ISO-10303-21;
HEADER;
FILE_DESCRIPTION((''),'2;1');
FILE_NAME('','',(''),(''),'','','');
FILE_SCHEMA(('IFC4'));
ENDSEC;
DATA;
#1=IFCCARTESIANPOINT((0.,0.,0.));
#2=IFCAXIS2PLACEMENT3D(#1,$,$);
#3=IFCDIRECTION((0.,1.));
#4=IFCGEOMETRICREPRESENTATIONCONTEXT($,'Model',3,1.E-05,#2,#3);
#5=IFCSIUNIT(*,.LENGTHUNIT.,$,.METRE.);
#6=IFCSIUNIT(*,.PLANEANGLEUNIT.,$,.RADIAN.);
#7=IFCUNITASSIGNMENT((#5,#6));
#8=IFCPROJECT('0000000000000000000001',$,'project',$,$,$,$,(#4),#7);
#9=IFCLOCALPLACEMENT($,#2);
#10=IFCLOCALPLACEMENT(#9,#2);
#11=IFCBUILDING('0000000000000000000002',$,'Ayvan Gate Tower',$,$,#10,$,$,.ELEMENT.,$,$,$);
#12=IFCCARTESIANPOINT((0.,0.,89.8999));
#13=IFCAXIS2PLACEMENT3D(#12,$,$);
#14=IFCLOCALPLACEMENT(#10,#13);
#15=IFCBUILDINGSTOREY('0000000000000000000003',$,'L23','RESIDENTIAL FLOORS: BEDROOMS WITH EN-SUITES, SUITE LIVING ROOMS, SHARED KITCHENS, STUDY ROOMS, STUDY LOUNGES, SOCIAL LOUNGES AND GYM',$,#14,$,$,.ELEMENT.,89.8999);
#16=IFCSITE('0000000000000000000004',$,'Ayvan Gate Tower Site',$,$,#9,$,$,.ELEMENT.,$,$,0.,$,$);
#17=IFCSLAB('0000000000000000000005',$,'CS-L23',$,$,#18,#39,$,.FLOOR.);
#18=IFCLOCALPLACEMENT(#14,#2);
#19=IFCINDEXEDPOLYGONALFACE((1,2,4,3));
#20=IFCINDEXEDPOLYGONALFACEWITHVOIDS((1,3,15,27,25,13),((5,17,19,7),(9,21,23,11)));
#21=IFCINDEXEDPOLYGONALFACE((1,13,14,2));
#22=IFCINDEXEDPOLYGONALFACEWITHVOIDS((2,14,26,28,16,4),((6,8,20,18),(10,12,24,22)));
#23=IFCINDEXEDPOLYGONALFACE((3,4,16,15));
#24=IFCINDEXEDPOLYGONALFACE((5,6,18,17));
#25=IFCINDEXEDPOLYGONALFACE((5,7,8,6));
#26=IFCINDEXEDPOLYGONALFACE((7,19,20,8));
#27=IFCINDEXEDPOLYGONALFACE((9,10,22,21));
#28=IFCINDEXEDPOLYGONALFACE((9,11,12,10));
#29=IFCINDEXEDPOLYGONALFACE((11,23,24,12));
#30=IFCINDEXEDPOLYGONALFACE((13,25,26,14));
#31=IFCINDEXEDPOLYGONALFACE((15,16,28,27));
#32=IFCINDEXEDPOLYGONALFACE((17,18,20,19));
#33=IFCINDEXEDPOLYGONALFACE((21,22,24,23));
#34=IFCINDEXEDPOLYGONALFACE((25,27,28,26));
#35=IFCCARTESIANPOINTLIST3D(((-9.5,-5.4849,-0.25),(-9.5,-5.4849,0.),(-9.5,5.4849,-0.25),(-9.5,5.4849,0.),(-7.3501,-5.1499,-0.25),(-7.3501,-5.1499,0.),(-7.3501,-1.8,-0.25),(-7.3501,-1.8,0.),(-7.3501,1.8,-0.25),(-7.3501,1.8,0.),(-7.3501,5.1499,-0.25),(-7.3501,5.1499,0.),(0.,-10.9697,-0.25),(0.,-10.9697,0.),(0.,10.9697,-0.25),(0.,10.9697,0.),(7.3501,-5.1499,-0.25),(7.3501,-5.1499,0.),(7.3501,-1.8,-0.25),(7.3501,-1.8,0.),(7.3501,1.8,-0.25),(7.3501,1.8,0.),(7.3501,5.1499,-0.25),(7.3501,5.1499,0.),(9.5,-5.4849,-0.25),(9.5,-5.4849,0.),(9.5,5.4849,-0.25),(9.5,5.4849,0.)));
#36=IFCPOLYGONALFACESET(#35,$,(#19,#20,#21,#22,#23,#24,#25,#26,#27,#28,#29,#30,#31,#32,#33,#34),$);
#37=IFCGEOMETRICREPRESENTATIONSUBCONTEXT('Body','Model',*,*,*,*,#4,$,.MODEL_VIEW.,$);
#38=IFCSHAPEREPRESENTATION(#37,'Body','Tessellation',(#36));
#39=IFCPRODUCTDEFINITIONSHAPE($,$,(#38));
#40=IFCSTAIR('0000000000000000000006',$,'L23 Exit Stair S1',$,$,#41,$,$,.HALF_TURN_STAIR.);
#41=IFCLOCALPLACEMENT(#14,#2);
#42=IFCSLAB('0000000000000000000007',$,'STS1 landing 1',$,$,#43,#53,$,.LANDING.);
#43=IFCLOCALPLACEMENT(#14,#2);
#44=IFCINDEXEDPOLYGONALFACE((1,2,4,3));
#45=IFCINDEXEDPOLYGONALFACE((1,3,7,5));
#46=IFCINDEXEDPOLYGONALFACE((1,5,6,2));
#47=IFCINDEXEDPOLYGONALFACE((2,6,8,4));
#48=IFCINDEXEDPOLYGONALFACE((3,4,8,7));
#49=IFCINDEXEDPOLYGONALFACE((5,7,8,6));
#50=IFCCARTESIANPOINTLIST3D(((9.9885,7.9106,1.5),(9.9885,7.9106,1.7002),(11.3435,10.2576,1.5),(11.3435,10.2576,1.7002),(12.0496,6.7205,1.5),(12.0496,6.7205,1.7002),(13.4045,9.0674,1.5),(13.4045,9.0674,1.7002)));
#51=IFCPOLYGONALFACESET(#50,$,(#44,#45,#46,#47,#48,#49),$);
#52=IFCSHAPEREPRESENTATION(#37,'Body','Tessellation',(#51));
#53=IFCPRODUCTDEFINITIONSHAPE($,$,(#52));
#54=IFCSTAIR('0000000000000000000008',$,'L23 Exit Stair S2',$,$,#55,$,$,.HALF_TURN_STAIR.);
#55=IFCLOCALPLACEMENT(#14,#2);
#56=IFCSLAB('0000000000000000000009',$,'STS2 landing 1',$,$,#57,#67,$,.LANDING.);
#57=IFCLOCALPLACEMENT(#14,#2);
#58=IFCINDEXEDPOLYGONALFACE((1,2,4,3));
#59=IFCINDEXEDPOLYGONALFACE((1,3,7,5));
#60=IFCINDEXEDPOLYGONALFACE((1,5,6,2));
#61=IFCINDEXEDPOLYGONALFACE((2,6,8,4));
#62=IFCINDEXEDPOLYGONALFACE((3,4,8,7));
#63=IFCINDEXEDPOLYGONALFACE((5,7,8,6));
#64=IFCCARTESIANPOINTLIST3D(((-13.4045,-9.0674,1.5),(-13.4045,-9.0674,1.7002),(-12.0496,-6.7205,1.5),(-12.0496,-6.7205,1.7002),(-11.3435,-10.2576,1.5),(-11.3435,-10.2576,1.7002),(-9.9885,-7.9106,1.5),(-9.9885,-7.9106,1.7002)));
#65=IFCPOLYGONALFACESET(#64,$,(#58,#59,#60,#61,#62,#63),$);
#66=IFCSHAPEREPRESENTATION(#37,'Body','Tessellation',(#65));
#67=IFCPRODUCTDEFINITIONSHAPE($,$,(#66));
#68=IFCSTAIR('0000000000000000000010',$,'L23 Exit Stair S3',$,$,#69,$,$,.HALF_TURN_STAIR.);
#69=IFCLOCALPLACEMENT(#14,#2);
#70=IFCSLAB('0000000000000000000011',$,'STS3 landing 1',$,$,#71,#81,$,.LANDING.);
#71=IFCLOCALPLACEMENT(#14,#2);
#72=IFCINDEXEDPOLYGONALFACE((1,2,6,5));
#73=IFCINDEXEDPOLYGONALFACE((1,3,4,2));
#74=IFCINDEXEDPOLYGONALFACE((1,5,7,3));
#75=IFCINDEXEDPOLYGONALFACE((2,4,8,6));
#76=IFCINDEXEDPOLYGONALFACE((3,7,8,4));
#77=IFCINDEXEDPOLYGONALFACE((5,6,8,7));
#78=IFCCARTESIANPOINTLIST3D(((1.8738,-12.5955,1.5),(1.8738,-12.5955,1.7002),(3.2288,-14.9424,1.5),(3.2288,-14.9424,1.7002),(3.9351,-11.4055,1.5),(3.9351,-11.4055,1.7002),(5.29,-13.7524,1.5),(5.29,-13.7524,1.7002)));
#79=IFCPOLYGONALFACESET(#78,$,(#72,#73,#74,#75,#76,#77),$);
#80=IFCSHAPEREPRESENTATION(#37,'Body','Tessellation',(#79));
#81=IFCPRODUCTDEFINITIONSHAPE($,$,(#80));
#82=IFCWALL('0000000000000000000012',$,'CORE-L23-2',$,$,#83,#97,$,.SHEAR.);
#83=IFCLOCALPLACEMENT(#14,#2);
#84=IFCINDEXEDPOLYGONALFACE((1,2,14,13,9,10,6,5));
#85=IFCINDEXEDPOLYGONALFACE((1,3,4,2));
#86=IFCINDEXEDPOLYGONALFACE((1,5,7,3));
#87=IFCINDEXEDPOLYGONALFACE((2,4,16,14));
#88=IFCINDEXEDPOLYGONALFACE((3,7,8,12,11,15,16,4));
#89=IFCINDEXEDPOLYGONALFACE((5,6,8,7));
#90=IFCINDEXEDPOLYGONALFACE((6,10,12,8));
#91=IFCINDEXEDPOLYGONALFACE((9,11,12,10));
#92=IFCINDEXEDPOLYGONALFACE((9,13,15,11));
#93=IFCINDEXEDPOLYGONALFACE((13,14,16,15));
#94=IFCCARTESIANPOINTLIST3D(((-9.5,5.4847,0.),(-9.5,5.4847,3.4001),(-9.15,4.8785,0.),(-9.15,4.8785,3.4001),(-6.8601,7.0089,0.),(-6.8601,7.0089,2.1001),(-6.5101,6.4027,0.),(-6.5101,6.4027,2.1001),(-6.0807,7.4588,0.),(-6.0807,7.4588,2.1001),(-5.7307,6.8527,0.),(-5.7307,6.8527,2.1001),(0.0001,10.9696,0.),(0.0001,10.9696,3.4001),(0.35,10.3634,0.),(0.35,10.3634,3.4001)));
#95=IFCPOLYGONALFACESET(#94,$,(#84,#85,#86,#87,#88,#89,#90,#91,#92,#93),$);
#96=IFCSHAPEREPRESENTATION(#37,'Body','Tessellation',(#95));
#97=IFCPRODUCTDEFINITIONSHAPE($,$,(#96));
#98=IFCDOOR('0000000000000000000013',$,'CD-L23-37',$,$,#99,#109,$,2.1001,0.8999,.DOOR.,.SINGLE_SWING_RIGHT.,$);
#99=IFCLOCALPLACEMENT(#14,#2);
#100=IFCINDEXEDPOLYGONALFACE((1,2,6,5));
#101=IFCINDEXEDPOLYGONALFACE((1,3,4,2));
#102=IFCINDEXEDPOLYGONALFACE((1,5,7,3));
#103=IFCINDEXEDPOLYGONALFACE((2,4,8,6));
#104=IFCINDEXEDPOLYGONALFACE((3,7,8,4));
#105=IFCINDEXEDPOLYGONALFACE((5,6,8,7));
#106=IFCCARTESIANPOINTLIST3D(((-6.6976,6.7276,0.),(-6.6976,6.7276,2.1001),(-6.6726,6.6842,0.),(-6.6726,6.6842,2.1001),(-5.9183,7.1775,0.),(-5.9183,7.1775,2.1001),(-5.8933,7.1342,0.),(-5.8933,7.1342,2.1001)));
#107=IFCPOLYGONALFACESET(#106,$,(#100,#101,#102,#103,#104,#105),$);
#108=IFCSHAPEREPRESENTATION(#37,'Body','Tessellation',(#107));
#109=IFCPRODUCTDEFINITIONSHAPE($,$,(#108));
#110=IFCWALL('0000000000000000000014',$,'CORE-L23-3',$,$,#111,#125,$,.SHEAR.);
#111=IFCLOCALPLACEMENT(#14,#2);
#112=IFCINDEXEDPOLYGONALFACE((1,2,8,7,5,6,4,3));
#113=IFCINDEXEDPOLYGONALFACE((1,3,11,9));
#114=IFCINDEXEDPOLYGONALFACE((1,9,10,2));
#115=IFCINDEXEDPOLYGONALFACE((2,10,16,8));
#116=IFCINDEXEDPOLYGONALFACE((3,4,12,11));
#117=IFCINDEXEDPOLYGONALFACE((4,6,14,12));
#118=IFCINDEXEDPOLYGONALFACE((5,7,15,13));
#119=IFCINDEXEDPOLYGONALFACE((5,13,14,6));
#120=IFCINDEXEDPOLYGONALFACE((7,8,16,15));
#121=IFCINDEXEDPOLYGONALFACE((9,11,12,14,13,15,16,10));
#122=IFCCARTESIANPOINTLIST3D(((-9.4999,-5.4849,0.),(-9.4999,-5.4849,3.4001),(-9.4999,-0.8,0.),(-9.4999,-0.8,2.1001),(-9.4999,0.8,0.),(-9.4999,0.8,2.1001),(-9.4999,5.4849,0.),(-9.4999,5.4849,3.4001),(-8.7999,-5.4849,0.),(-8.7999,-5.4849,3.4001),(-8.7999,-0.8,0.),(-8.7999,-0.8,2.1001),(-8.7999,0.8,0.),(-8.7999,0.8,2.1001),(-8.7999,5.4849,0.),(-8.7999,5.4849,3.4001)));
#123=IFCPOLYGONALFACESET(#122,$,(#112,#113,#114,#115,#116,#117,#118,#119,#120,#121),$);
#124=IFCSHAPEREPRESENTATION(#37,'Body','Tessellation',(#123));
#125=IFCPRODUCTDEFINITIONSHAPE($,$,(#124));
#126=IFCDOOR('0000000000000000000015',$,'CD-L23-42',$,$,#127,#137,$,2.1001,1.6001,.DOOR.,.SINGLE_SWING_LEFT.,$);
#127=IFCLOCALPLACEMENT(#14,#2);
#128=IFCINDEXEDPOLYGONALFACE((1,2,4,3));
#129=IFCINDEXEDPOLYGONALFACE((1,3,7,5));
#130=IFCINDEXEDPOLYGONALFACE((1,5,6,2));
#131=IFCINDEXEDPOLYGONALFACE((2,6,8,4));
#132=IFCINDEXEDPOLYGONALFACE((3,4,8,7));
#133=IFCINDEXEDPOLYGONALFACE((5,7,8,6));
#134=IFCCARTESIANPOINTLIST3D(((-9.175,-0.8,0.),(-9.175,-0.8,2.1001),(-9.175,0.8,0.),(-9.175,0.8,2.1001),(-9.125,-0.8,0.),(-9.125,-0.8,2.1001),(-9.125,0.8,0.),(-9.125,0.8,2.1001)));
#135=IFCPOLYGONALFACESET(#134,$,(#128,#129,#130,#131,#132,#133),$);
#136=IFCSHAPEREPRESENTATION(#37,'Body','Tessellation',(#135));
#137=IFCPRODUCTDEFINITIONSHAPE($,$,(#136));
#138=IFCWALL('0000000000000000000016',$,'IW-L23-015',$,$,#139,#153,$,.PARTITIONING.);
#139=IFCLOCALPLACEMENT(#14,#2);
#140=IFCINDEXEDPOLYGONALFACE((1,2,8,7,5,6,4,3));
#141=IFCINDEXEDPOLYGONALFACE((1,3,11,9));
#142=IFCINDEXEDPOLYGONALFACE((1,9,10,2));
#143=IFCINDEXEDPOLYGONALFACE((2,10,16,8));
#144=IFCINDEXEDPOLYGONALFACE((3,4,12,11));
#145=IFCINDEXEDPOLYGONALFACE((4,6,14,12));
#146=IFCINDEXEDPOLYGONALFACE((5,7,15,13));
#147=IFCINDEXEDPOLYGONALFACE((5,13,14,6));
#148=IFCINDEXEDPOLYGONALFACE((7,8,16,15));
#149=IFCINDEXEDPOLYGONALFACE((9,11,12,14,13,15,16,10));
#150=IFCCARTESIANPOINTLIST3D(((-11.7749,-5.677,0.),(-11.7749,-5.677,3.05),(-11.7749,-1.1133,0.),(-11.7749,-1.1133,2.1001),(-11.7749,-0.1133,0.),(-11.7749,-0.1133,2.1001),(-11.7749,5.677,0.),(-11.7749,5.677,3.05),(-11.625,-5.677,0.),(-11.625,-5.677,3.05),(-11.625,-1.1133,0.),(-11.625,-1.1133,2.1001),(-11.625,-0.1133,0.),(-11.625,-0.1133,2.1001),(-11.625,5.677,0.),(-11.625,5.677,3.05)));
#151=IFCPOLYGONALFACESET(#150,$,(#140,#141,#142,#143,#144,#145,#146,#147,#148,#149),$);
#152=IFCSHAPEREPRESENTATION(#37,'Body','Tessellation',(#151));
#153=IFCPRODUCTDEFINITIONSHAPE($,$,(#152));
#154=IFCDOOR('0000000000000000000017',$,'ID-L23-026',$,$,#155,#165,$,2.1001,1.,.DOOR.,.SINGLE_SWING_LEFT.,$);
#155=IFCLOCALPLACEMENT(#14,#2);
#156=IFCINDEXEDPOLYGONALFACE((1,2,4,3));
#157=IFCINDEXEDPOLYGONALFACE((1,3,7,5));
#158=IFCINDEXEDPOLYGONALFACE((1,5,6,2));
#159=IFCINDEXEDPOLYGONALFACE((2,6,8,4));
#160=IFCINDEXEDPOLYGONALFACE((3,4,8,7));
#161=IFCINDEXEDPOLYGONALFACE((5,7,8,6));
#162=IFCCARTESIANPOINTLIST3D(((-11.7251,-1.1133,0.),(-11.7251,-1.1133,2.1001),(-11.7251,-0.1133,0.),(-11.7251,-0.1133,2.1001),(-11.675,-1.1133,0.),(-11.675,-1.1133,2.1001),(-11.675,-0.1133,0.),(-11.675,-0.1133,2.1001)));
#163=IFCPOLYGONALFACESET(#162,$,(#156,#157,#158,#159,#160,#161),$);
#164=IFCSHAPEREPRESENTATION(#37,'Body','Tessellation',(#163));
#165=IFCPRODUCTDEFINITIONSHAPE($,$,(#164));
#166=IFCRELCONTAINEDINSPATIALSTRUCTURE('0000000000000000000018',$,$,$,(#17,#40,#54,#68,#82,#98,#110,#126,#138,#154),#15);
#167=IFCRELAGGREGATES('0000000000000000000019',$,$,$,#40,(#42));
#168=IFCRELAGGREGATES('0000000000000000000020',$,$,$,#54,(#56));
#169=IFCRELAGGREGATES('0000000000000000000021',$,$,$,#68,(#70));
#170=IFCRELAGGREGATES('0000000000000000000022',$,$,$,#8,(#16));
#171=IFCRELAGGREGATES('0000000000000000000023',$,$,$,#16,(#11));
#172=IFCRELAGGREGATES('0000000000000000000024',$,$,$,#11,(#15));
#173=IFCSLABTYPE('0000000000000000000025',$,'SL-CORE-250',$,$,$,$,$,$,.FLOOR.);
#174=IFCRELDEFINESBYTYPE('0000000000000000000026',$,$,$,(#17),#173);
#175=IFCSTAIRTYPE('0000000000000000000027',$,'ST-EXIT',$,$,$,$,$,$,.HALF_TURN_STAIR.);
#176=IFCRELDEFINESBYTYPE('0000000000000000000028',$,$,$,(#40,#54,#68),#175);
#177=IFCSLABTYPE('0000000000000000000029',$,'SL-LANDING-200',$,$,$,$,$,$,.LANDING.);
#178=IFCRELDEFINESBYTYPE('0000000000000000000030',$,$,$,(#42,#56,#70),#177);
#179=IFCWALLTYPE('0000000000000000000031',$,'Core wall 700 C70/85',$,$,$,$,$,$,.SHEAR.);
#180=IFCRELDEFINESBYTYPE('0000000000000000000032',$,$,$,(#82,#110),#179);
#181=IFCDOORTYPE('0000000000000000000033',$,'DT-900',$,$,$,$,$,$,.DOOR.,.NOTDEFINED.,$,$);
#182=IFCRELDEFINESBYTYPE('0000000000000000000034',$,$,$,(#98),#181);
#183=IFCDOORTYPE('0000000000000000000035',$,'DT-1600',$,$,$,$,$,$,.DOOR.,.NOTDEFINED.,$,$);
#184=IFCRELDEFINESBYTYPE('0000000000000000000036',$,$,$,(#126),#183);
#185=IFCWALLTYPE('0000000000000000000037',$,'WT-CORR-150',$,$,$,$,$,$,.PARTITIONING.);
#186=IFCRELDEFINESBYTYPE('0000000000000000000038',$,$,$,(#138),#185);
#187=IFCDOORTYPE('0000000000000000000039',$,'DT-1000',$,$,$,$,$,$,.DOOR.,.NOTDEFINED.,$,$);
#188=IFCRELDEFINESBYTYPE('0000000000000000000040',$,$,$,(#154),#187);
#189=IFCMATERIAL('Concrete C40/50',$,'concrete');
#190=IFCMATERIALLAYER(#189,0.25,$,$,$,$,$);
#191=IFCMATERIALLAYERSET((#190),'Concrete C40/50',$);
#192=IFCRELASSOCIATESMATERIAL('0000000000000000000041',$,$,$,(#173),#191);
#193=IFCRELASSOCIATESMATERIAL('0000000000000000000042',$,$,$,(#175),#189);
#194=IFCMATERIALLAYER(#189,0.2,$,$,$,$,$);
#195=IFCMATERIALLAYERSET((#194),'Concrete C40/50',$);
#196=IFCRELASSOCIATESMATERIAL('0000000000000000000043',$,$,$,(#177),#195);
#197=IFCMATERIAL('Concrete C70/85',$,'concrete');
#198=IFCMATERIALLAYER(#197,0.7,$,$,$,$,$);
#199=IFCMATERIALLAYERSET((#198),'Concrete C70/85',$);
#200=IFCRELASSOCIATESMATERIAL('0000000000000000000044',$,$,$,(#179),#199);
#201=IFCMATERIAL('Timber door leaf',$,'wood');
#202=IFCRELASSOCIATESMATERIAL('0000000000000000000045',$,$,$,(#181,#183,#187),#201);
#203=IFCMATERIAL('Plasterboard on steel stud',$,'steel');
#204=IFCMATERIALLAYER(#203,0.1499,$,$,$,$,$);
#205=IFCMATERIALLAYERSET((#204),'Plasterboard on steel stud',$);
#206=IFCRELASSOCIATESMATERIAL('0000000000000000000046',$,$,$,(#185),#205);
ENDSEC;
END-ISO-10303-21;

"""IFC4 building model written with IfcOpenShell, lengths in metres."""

from ifc_helpers import new_model, si_unit, direction, frame, frame_2d, origin, place, context, subcontext, project, spatial, polyline, rectangle, outline, extrude, material, layer, layer_set, type_object, element, fill, aggregate, save


model = new_model("IFC4")

# Units and contexts
model_context = context("Model", 3, precision=1e-05, world=origin(), true_north=direction((0.0, 1.0)))
body_context = subcontext(model_context, "Body", "Model", "MODEL_VIEW")
ifc_project = project(units=[si_unit("LENGTHUNIT", "METRE"), si_unit("PLANEANGLEUNIT", "RADIAN")], contexts=[model_context])

# Site, building, storey
site_placement = place(None, origin())
site = spatial("IfcSite", under=ifc_project, at=site_placement, Name="Ayvan Gate Tower Site", CompositionType="ELEMENT", RefElevation=0.0)
building_placement = place(site_placement, origin())
building = spatial("IfcBuilding", under=site, at=building_placement, Name="Ayvan Gate Tower", CompositionType="ELEMENT")
storey_placement = place(building_placement, frame((0.0, 0.0, 89.8999)))
storey = spatial("IfcBuildingStorey", under=building, at=storey_placement, Name="L23", Description="RESIDENTIAL FLOORS: BEDROOMS WITH EN-SUITES, SUITE LIVING ROOMS, SHARED KITCHENS, STUDY ROOMS, STUDY LOUNGES, SOCIAL LOUNGES AND GYM", CompositionType="ELEMENT", Elevation=89.8999)

# Slab
ifc_material_1 = material(Name="Concrete C40/50", Category="concrete")
ifc_layer_1 = layer(ifc_material_1, 0.25)
ifc_layer_set_1 = layer_set([ifc_layer_1], Name="Concrete C40/50")
slab_type_1 = type_object("IfcSlabType", Name="SL-CORE-250", PredefinedType="FLOOR", material=ifc_layer_set_1)
slab_1_placement = place(storey_placement, frame((0.0, 0.0, -0.25)))
element("IfcSlab", 1, at=slab_1_placement, inside=storey, type_object=slab_type_1, Name="CS-L23", PredefinedType="FLOOR", context=body_context, shape_type="SweptSolid", body=[
    extrude(outline(polyline([(9.5, -5.4849), (0.0, -10.9697), (-9.5, -5.4849), (-9.5, 5.4849), (0.0, 10.9697), (9.5, 5.4849), (9.5, -5.4849)]), holes=[polyline([(-7.3501, -1.8), (-7.3501, -5.1499), (7.3501, -5.1499), (7.3501, -1.8), (-7.3501, -1.8)]), polyline([(-7.3501, 5.1499), (-7.3501, 1.8), (7.3501, 1.8), (7.3501, 5.1499), (-7.3501, 5.1499)])]), origin(), (0.0, 0.0, 1.0), 0.25),
])

# Stairs, slabs
stair_type = type_object("IfcStairType", Name="ST-EXIT", PredefinedType="HALF_TURN_STAIR", material=ifc_material_1)
stair_1_placement = place(storey_placement, origin())
stair_1 = element("IfcStair", 2, at=stair_1_placement, inside=storey, type_object=stair_type, Name="L23 Exit Stair S1", PredefinedType="HALF_TURN_STAIR")
ifc_layer_2 = layer(ifc_material_1, 0.2)
ifc_layer_set_2 = layer_set([ifc_layer_2], Name="Concrete C40/50")
slab_type_2 = type_object("IfcSlabType", Name="SL-LANDING-200", PredefinedType="LANDING", material=ifc_layer_set_2)
slab_2_placement = place(storey_placement, frame((0.0, 0.0, 1.5)))
slab_2 = element("IfcSlab", 3, at=slab_2_placement, type_object=slab_type_2, Name="STS1 landing 1", PredefinedType="LANDING", context=body_context, shape_type="SweptSolid", body=[
    extrude(outline(polyline([(9.9885, 7.9106), (12.0496, 6.7205), (13.4045, 9.0674), (11.3435, 10.2576), (9.9885, 7.9106)])), origin(), (0.0, 0.0, 1.0), 0.2002),
])
aggregate(stair_1, [slab_2])
stair_2_placement = place(storey_placement, origin())
stair_2 = element("IfcStair", 4, at=stair_2_placement, inside=storey, type_object=stair_type, Name="L23 Exit Stair S2", PredefinedType="HALF_TURN_STAIR")
slab_3_placement = place(storey_placement, frame((0.0, 0.0, 1.5)))
slab_3 = element("IfcSlab", 5, at=slab_3_placement, type_object=slab_type_2, Name="STS2 landing 1", PredefinedType="LANDING", context=body_context, shape_type="SweptSolid", body=[
    extrude(outline(polyline([(-9.9885, -7.9106), (-12.0496, -6.7205), (-13.4045, -9.0674), (-11.3435, -10.2576), (-9.9885, -7.9106)])), origin(), (0.0, 0.0, 1.0), 0.2002),
])
aggregate(stair_2, [slab_3])
stair_3_placement = place(storey_placement, origin())
stair_3 = element("IfcStair", 6, at=stair_3_placement, inside=storey, type_object=stair_type, Name="L23 Exit Stair S3", PredefinedType="HALF_TURN_STAIR")
slab_4_placement = place(storey_placement, frame((0.0, 0.0, 1.5)))
slab_4 = element("IfcSlab", 7, at=slab_4_placement, type_object=slab_type_2, Name="STS3 landing 1", PredefinedType="LANDING", context=body_context, shape_type="SweptSolid", body=[
    extrude(outline(polyline([(3.9351, -11.4055), (1.8738, -12.5955), (3.2288, -14.9424), (5.29, -13.7524), (3.9351, -11.4055)])), origin(), (0.0, 0.0, 1.0), 0.2002),
])
aggregate(stair_3, [slab_4])

# Walls, openings, doors
ifc_material_2 = material(Name="Concrete C70/85", Category="concrete")
ifc_layer_3 = layer(ifc_material_2, 0.7)
ifc_layer_set_3 = layer_set([ifc_layer_3], Name="Concrete C70/85")
wall_type_1 = type_object("IfcWallType", Name="Core wall 700 C70/85", PredefinedType="SHEAR", material=ifc_layer_set_3)
wall_1_placement = place(storey_placement, frame((0.175, 10.6665, 0.0), z_axis=(0.0, 0.0, 1.0), x_axis=(-0.866024, -0.500002, 0.0)))
wall_1 = element("IfcWall", 8, at=wall_1_placement, inside=storey, type_object=wall_type_1, Name="CORE-L23-2", PredefinedType="SHEAR", context=body_context, shape_type="SweptSolid", body=[
    extrude(rectangle(XDim=10.9697, YDim=0.7, at=frame_2d((5.4849, 0.0))), origin(), (0.0, 0.0, 1.0), 3.4001),
])
opening_1_placement = place(wall_1_placement, frame((7.0215, 0.0, 0.0)))
opening_1 = element("IfcOpeningElement", 9, at=opening_1_placement, cuts=wall_1, PredefinedType="OPENING", context=body_context, shape_type="SweptSolid", body=[
    extrude(rectangle(XDim=0.8999, YDim=2.1001, at=frame_2d((0.45, 1.05))), frame((0.0, 0.3599, 0.0), z_axis=(0.0, -1.0, 0.0), x_axis=(1.0, 0.0, 0.0)), (0.0, 0.0, 1.0), 0.72),
])
ifc_material_3 = material(Name="Timber door leaf", Category="wood")
door_type_1 = type_object("IfcDoorType", Name="DT-900", OperationType="NOTDEFINED", PredefinedType="DOOR", material=ifc_material_3)
door_1_placement = place(opening_1_placement, origin())
door_1 = element("IfcDoor", 10, at=door_1_placement, inside=storey, type_object=door_type_1, Name="CD-L23-37", OperationType="SINGLE_SWING_RIGHT", OverallHeight=2.1001, OverallWidth=0.8999, PredefinedType="DOOR", context=body_context, shape_type="SweptSolid", body=[
    extrude(rectangle(XDim=0.8999, YDim=2.1001, at=frame_2d((0.45, 1.05))), frame((0.0, 0.0249, 0.0), z_axis=(0.0, -1.0, 0.0), x_axis=(1.0, 0.0, 0.0)), (0.0, 0.0, 1.0), 0.05),
])
fill(opening_1, door_1)
wall_2_placement = place(storey_placement, frame((-9.1499, 5.4849, 0.0), z_axis=(0.0, 0.0, 1.0), x_axis=(0.0, -1.0, 0.0)))
wall_2 = element("IfcWall", 11, at=wall_2_placement, inside=storey, type_object=wall_type_1, Name="CORE-L23-3", PredefinedType="SHEAR", context=body_context, shape_type="SweptSolid", body=[
    extrude(rectangle(XDim=10.9697, YDim=0.7, at=frame_2d((5.4849, 0.0))), origin(), (0.0, 0.0, 1.0), 3.4001),
])
opening_2_placement = place(wall_2_placement, frame((4.6848, 0.0, 0.0)))
opening_2 = element("IfcOpeningElement", 12, at=opening_2_placement, cuts=wall_2, PredefinedType="OPENING", context=body_context, shape_type="SweptSolid", body=[
    extrude(rectangle(XDim=1.6001, YDim=2.1001, at=frame_2d((0.8, 1.05))), frame((0.0, 0.3599, 0.0), z_axis=(0.0, -1.0, 0.0), x_axis=(1.0, 0.0, 0.0)), (0.0, 0.0, 1.0), 0.72),
])
door_type_2 = type_object("IfcDoorType", Name="DT-1600", OperationType="NOTDEFINED", PredefinedType="DOOR", material=ifc_material_3)
door_2_placement = place(opening_2_placement, origin())
door_2 = element("IfcDoor", 13, at=door_2_placement, inside=storey, type_object=door_type_2, Name="CD-L23-42", OperationType="SINGLE_SWING_LEFT", OverallHeight=2.1001, OverallWidth=1.6001, PredefinedType="DOOR", context=body_context, shape_type="SweptSolid", body=[
    extrude(rectangle(XDim=1.6001, YDim=2.1001, at=frame_2d((0.8, 1.05))), frame((0.0, 0.0249, 0.0), z_axis=(0.0, -1.0, 0.0), x_axis=(1.0, 0.0, 0.0)), (0.0, 0.0, 1.0), 0.05),
])
fill(opening_2, door_2)
ifc_material_4 = material(Name="Plasterboard on steel stud", Category="steel")
ifc_layer_4 = layer(ifc_material_4, 0.1499)
ifc_layer_set_4 = layer_set([ifc_layer_4], Name="Plasterboard on steel stud")
wall_type_2 = type_object("IfcWallType", Name="WT-CORR-150", PredefinedType="PARTITIONING", material=ifc_layer_set_4)
wall_3_placement = place(storey_placement, frame((-11.7, 5.677, 0.0), z_axis=(0.0, 0.0, 1.0), x_axis=(0.0, -1.0, 0.0)))
wall_3 = element("IfcWall", 14, at=wall_3_placement, inside=storey, type_object=wall_type_2, Name="IW-L23-015", PredefinedType="PARTITIONING", context=body_context, shape_type="SweptSolid", body=[
    extrude(rectangle(XDim=11.354, YDim=0.1499, at=frame_2d((5.677, 0.0))), origin(), (0.0, 0.0, 1.0), 3.05),
])
opening_3_placement = place(wall_3_placement, frame((5.7903, 0.0, 0.0)))
opening_3 = element("IfcOpeningElement", 15, at=opening_3_placement, cuts=wall_3, PredefinedType="OPENING", context=body_context, shape_type="SweptSolid", body=[
    extrude(rectangle(XDim=1.0, YDim=2.1001, at=frame_2d((0.5, 1.05))), frame((0.0, 0.085, 0.0), z_axis=(0.0, -1.0, 0.0), x_axis=(1.0, 0.0, 0.0)), (0.0, 0.0, 1.0), 0.1699),
])
door_type_3 = type_object("IfcDoorType", Name="DT-1000", OperationType="NOTDEFINED", PredefinedType="DOOR", material=ifc_material_3)
door_3_placement = place(opening_3_placement, origin())
door_3 = element("IfcDoor", 16, at=door_3_placement, inside=storey, type_object=door_type_3, Name="ID-L23-026", OperationType="SINGLE_SWING_LEFT", OverallHeight=2.1001, OverallWidth=1.0, PredefinedType="DOOR", context=body_context, shape_type="SweptSolid", body=[
    extrude(rectangle(XDim=1.0, YDim=2.1001, at=frame_2d((0.5, 1.05))), frame((0.0, 0.0249, 0.0), z_axis=(0.0, -1.0, 0.0), x_axis=(1.0, 0.0, 0.0)), (0.0, 0.0, 1.0), 0.05),
])
fill(opening_3, door_3)

save(model, "model.ifc")
